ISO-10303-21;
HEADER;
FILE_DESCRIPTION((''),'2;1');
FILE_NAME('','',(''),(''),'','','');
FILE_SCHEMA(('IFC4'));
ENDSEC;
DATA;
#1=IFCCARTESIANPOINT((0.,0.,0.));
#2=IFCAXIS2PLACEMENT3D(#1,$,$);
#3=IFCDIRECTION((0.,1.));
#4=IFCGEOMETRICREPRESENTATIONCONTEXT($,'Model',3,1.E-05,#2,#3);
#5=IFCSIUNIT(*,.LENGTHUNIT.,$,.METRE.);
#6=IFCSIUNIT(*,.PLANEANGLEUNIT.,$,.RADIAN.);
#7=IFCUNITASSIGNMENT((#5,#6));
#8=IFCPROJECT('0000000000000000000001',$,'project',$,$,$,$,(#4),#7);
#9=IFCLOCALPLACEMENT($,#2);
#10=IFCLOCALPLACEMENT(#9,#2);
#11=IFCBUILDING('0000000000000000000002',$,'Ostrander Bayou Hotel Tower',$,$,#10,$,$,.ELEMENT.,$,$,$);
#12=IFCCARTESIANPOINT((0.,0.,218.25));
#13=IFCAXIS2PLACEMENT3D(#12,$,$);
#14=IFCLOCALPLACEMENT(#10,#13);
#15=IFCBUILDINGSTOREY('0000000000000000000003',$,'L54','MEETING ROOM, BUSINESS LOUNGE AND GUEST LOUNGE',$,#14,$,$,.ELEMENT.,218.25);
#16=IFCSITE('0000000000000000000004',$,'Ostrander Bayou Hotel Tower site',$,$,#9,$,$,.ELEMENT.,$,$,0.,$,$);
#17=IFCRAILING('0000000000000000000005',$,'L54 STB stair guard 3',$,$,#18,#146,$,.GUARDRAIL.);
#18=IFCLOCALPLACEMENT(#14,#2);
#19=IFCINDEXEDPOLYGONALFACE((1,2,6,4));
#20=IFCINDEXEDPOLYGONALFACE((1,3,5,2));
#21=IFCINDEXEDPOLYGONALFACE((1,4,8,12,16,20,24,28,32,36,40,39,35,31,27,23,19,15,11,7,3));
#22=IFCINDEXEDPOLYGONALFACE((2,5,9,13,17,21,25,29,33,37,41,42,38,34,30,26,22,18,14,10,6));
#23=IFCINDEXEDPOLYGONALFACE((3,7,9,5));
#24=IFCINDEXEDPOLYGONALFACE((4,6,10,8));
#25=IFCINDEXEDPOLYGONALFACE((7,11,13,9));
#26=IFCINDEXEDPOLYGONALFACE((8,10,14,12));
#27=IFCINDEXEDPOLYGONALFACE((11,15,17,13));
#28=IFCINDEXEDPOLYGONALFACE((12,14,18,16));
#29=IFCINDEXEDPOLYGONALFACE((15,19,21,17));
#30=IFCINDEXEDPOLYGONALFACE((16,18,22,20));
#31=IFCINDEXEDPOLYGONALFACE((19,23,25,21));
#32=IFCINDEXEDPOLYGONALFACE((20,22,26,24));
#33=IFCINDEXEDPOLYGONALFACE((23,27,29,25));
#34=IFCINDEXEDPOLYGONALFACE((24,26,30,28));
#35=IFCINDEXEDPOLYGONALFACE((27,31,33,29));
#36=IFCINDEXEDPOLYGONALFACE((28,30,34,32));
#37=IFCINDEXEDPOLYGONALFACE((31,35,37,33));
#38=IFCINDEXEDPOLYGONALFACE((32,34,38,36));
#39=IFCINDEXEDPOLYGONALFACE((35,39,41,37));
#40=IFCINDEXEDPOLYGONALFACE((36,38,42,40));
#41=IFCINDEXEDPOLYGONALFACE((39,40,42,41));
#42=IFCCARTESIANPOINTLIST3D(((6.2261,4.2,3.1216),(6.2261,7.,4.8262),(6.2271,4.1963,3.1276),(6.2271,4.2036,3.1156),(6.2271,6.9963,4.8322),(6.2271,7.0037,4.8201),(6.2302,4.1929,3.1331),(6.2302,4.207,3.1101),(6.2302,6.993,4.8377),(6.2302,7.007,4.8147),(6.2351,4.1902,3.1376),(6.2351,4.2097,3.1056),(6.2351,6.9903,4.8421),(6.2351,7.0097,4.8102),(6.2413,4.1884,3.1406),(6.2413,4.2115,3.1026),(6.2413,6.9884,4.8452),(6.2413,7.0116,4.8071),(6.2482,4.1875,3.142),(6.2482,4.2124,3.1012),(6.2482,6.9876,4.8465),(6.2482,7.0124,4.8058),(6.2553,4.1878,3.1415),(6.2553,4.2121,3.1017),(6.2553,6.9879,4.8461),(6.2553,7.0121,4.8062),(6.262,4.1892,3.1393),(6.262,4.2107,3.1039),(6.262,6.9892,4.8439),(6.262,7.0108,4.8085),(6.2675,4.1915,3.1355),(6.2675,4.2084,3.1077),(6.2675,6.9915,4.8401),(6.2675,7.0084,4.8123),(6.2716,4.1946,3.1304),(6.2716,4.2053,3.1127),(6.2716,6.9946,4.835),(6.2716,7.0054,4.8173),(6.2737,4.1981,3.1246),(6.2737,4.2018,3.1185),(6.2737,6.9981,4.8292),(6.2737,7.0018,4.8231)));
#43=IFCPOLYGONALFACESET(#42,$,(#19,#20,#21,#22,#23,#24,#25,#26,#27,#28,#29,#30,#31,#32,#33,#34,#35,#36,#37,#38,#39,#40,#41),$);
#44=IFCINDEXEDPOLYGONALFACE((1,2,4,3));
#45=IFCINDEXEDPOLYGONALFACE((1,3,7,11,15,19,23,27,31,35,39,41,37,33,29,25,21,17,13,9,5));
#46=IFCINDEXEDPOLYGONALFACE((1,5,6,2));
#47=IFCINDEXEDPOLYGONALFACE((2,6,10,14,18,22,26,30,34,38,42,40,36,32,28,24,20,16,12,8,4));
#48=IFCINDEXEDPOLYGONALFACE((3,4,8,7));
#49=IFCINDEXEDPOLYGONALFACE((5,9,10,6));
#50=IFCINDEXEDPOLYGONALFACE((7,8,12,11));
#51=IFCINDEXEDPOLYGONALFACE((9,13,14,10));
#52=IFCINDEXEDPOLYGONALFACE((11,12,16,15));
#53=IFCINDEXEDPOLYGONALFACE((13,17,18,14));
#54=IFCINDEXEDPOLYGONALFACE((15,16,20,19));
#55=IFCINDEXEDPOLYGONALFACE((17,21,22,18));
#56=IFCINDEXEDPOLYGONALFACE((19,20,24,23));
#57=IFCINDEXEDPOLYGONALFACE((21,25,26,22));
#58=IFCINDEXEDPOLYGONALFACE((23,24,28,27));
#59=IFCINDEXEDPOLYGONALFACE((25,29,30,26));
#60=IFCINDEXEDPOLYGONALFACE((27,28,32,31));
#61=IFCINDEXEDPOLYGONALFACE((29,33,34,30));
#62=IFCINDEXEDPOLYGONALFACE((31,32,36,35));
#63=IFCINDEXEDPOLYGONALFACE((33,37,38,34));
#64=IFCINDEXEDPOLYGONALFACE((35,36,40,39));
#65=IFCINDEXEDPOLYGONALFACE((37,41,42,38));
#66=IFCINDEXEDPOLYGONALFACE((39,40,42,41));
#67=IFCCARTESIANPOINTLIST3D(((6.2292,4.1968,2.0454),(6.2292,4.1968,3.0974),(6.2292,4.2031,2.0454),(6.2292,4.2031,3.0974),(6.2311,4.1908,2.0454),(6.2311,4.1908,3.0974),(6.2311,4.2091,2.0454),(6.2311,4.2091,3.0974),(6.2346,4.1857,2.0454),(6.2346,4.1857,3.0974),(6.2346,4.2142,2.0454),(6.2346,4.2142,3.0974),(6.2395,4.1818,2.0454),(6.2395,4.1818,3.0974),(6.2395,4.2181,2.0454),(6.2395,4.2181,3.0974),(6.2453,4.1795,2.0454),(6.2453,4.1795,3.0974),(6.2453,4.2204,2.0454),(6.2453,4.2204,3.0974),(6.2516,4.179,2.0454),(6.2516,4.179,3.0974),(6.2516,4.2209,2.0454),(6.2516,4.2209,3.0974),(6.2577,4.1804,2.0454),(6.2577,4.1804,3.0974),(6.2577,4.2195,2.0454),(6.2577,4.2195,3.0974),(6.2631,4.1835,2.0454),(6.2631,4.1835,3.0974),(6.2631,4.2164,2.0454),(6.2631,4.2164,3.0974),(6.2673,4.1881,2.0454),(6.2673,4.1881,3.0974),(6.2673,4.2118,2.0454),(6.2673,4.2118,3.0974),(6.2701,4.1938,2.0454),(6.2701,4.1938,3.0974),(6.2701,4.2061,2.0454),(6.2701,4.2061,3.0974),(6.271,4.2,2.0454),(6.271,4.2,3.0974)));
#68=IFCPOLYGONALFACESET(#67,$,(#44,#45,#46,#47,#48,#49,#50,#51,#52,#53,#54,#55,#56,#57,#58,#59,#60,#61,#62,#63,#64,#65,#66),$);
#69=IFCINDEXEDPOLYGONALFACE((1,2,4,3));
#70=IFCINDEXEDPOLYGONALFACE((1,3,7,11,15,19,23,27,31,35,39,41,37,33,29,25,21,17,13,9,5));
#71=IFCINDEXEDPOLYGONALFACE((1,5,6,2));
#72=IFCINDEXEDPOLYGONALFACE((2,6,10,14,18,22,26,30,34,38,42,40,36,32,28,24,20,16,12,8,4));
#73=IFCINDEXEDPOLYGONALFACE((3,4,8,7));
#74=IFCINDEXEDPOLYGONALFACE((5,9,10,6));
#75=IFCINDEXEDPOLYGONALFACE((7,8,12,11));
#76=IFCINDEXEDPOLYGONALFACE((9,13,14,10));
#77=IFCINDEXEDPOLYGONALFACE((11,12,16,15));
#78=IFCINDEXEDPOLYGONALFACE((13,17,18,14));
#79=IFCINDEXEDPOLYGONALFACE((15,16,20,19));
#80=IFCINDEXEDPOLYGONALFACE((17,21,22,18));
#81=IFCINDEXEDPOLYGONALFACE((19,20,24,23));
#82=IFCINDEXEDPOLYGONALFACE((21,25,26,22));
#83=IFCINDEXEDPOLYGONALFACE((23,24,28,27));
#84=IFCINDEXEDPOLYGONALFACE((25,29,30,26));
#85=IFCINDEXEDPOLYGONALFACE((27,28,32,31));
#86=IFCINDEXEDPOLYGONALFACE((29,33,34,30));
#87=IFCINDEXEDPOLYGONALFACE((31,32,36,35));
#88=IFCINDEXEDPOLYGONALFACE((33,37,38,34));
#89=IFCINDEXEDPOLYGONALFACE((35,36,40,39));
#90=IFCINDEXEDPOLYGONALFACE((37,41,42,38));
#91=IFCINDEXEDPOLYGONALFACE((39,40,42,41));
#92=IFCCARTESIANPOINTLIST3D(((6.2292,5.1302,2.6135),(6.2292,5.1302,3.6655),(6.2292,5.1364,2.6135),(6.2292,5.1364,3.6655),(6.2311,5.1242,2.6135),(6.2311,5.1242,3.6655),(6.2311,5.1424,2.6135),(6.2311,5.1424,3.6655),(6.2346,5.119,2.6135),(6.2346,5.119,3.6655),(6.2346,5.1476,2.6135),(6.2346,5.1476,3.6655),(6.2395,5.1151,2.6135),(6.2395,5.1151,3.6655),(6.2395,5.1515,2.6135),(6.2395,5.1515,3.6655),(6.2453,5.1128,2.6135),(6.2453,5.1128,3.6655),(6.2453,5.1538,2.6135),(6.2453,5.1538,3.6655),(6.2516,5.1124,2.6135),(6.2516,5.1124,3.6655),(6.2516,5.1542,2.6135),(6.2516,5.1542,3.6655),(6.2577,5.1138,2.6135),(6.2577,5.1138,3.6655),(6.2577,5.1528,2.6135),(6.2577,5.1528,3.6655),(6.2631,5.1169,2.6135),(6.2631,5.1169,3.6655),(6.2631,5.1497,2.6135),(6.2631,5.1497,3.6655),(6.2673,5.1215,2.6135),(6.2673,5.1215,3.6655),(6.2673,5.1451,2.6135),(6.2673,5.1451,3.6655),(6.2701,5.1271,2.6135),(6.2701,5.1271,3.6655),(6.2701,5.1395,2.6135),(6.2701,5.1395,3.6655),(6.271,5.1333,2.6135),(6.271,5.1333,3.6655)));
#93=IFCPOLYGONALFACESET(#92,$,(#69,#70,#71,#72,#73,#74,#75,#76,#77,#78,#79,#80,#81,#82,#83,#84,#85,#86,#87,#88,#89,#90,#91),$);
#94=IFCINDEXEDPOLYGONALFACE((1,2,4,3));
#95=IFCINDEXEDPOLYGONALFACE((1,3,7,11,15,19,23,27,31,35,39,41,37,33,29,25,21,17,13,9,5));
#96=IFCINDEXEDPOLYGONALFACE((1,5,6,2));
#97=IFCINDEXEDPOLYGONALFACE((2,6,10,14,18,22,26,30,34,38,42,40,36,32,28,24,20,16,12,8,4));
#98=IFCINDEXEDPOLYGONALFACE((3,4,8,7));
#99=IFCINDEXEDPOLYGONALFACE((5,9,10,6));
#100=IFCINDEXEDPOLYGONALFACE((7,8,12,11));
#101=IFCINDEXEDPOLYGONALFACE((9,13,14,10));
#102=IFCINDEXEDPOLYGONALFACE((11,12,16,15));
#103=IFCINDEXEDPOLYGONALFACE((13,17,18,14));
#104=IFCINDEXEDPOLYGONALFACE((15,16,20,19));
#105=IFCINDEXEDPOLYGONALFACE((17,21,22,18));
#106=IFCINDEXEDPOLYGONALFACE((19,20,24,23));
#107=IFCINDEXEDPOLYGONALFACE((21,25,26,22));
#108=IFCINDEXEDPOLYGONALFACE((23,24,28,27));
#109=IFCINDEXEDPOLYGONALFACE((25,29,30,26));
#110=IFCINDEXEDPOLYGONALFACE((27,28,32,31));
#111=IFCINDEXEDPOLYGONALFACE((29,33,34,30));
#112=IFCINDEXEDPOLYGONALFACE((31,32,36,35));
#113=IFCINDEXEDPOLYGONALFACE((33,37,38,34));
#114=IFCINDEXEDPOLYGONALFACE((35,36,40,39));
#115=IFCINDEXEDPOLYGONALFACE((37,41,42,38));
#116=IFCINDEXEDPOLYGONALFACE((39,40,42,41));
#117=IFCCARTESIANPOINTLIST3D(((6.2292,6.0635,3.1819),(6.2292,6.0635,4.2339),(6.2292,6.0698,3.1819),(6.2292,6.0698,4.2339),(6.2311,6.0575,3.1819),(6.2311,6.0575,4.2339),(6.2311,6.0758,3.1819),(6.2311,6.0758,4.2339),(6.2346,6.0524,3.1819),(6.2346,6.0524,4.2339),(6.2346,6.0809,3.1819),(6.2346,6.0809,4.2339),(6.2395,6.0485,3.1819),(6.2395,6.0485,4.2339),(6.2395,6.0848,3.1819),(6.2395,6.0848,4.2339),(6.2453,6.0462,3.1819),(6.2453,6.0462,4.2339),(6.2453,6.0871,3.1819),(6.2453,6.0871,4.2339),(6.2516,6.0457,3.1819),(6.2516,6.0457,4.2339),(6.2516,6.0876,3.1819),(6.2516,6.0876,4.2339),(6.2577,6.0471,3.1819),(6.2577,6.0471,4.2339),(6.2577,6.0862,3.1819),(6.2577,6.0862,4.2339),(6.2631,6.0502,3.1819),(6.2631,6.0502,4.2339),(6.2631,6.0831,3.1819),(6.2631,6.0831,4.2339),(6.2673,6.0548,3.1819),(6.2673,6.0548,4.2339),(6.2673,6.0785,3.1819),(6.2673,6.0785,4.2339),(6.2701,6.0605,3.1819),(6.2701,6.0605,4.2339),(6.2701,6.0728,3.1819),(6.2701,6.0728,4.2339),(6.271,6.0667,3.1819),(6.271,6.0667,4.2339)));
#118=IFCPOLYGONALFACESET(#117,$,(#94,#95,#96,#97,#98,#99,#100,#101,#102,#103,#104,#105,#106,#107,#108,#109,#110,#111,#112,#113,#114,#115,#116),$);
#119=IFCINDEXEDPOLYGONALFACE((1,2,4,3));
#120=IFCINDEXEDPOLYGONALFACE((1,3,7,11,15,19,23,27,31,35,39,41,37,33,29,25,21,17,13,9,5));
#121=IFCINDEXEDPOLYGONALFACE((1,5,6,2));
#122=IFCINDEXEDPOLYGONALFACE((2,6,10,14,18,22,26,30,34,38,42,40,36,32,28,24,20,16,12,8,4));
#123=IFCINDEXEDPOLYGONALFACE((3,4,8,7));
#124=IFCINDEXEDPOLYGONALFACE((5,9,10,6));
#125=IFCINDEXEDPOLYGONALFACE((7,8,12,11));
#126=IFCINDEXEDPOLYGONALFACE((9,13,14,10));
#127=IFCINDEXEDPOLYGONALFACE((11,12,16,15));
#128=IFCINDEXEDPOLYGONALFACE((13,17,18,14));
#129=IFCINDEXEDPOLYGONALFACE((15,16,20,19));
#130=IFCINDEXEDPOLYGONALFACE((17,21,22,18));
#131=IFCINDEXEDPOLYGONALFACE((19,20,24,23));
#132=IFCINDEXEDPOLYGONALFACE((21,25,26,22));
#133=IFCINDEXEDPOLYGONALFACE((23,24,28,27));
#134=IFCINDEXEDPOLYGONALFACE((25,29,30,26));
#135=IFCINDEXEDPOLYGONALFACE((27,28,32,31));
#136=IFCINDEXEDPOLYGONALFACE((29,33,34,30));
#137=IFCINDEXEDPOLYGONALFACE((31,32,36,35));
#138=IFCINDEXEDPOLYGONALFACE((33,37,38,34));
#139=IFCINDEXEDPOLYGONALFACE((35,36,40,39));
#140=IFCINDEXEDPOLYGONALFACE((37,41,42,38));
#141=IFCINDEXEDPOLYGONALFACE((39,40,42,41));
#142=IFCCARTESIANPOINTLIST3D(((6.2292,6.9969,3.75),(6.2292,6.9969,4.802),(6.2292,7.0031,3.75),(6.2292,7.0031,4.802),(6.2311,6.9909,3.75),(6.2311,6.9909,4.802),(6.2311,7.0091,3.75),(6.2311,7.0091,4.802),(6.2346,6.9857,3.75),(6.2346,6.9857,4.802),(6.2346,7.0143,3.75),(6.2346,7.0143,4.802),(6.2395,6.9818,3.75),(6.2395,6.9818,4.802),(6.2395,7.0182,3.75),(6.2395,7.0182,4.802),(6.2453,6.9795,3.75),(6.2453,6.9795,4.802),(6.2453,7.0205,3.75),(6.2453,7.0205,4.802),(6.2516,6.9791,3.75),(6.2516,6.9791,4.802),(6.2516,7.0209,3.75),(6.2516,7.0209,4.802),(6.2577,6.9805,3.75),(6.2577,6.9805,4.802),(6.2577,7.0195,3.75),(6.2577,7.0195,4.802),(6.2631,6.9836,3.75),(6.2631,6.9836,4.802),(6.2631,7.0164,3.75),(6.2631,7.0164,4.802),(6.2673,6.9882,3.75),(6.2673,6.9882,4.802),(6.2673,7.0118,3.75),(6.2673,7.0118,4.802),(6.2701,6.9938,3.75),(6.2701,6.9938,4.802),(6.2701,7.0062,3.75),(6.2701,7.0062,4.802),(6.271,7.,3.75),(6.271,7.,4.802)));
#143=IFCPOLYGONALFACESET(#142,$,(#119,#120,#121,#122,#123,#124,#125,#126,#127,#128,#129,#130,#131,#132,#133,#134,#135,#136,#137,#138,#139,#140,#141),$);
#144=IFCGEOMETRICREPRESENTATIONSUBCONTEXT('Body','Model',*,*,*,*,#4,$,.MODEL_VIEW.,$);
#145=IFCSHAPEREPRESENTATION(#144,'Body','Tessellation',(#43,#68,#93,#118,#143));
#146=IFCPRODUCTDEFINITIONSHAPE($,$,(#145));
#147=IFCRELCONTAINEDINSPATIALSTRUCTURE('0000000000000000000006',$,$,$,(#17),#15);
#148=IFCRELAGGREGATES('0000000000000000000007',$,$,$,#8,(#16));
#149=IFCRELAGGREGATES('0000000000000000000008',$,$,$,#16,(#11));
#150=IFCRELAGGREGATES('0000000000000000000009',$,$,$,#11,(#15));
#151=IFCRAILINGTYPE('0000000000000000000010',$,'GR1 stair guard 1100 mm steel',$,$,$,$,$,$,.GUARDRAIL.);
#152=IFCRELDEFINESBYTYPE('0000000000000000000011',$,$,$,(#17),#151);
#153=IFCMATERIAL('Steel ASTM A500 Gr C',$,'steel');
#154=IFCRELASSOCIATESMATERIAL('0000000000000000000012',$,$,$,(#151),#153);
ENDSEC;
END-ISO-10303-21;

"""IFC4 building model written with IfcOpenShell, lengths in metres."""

from ifc_helpers import new_model, si_unit, direction, frame, origin, origin_2d, place, context, subcontext, project, spatial, circle, extrude, material, type_object, element, save


model = new_model("IFC4")

# Units and contexts
model_context = context("Model", 3, precision=1e-05, world=origin(), true_north=direction((0.0, 1.0)))
body_context = subcontext(model_context, "Body", "Model", "MODEL_VIEW")
ifc_project = project(units=[si_unit("LENGTHUNIT", "METRE"), si_unit("PLANEANGLEUNIT", "RADIAN")], contexts=[model_context])

# Site, building, storey
site_placement = place(None, origin())
site = spatial("IfcSite", under=ifc_project, at=site_placement, Name="Ostrander Bayou Hotel Tower site", CompositionType="ELEMENT", RefElevation=0.0)
building_placement = place(site_placement, origin())
building = spatial("IfcBuilding", under=site, at=building_placement, Name="Ostrander Bayou Hotel Tower", CompositionType="ELEMENT")
storey_placement = place(building_placement, frame((0.0, 0.0, 218.25)))
storey = spatial("IfcBuildingStorey", under=building, at=storey_placement, Name="L54", Description="MEETING ROOM, BUSINESS LOUNGE AND GUEST LOUNGE", CompositionType="ELEMENT", Elevation=218.25)

# Railing
ifc_material_1 = material(Name="Steel ASTM A500 Gr C", Category="steel")
railing_type_1 = type_object("IfcRailingType", Name="GR1 stair guard 1100 mm steel", PredefinedType="GUARDRAIL", material=ifc_material_1)
railing_1_placement = place(storey_placement, frame((6.25, 4.2, 2.0454)))
element("IfcRailing", 1, at=railing_1_placement, inside=storey, type_object=railing_type_1, Name="L54 STB stair guard 3", PredefinedType="GUARDRAIL", context=body_context, shape_type="SweptSolid", body=[
    extrude(circle(Radius=0.0239, at=origin_2d()), frame((0.0, 0.0, 1.0762), z_axis=(0.0, 0.85417, 0.519994), x_axis=(-1.0, 0.0, 0.0)), (0.0, 0.0, 1.0), 3.2781),
    extrude(circle(Radius=0.021, at=origin_2d()), origin(), (0.0, 0.0, 1.0), 1.052),
    extrude(circle(Radius=0.021, at=origin_2d()), frame((0.0, 0.9333, 0.5681)), (0.0, 0.0, 1.0), 1.052),
    extrude(circle(Radius=0.021, at=origin_2d()), frame((0.0, 1.8667, 1.1365)), (0.0, 0.0, 1.0), 1.052),
    extrude(circle(Radius=0.021, at=origin_2d()), frame((0.0, 2.8, 1.7046)), (0.0, 0.0, 1.0), 1.052),
])

save(model, "model.ifc")
